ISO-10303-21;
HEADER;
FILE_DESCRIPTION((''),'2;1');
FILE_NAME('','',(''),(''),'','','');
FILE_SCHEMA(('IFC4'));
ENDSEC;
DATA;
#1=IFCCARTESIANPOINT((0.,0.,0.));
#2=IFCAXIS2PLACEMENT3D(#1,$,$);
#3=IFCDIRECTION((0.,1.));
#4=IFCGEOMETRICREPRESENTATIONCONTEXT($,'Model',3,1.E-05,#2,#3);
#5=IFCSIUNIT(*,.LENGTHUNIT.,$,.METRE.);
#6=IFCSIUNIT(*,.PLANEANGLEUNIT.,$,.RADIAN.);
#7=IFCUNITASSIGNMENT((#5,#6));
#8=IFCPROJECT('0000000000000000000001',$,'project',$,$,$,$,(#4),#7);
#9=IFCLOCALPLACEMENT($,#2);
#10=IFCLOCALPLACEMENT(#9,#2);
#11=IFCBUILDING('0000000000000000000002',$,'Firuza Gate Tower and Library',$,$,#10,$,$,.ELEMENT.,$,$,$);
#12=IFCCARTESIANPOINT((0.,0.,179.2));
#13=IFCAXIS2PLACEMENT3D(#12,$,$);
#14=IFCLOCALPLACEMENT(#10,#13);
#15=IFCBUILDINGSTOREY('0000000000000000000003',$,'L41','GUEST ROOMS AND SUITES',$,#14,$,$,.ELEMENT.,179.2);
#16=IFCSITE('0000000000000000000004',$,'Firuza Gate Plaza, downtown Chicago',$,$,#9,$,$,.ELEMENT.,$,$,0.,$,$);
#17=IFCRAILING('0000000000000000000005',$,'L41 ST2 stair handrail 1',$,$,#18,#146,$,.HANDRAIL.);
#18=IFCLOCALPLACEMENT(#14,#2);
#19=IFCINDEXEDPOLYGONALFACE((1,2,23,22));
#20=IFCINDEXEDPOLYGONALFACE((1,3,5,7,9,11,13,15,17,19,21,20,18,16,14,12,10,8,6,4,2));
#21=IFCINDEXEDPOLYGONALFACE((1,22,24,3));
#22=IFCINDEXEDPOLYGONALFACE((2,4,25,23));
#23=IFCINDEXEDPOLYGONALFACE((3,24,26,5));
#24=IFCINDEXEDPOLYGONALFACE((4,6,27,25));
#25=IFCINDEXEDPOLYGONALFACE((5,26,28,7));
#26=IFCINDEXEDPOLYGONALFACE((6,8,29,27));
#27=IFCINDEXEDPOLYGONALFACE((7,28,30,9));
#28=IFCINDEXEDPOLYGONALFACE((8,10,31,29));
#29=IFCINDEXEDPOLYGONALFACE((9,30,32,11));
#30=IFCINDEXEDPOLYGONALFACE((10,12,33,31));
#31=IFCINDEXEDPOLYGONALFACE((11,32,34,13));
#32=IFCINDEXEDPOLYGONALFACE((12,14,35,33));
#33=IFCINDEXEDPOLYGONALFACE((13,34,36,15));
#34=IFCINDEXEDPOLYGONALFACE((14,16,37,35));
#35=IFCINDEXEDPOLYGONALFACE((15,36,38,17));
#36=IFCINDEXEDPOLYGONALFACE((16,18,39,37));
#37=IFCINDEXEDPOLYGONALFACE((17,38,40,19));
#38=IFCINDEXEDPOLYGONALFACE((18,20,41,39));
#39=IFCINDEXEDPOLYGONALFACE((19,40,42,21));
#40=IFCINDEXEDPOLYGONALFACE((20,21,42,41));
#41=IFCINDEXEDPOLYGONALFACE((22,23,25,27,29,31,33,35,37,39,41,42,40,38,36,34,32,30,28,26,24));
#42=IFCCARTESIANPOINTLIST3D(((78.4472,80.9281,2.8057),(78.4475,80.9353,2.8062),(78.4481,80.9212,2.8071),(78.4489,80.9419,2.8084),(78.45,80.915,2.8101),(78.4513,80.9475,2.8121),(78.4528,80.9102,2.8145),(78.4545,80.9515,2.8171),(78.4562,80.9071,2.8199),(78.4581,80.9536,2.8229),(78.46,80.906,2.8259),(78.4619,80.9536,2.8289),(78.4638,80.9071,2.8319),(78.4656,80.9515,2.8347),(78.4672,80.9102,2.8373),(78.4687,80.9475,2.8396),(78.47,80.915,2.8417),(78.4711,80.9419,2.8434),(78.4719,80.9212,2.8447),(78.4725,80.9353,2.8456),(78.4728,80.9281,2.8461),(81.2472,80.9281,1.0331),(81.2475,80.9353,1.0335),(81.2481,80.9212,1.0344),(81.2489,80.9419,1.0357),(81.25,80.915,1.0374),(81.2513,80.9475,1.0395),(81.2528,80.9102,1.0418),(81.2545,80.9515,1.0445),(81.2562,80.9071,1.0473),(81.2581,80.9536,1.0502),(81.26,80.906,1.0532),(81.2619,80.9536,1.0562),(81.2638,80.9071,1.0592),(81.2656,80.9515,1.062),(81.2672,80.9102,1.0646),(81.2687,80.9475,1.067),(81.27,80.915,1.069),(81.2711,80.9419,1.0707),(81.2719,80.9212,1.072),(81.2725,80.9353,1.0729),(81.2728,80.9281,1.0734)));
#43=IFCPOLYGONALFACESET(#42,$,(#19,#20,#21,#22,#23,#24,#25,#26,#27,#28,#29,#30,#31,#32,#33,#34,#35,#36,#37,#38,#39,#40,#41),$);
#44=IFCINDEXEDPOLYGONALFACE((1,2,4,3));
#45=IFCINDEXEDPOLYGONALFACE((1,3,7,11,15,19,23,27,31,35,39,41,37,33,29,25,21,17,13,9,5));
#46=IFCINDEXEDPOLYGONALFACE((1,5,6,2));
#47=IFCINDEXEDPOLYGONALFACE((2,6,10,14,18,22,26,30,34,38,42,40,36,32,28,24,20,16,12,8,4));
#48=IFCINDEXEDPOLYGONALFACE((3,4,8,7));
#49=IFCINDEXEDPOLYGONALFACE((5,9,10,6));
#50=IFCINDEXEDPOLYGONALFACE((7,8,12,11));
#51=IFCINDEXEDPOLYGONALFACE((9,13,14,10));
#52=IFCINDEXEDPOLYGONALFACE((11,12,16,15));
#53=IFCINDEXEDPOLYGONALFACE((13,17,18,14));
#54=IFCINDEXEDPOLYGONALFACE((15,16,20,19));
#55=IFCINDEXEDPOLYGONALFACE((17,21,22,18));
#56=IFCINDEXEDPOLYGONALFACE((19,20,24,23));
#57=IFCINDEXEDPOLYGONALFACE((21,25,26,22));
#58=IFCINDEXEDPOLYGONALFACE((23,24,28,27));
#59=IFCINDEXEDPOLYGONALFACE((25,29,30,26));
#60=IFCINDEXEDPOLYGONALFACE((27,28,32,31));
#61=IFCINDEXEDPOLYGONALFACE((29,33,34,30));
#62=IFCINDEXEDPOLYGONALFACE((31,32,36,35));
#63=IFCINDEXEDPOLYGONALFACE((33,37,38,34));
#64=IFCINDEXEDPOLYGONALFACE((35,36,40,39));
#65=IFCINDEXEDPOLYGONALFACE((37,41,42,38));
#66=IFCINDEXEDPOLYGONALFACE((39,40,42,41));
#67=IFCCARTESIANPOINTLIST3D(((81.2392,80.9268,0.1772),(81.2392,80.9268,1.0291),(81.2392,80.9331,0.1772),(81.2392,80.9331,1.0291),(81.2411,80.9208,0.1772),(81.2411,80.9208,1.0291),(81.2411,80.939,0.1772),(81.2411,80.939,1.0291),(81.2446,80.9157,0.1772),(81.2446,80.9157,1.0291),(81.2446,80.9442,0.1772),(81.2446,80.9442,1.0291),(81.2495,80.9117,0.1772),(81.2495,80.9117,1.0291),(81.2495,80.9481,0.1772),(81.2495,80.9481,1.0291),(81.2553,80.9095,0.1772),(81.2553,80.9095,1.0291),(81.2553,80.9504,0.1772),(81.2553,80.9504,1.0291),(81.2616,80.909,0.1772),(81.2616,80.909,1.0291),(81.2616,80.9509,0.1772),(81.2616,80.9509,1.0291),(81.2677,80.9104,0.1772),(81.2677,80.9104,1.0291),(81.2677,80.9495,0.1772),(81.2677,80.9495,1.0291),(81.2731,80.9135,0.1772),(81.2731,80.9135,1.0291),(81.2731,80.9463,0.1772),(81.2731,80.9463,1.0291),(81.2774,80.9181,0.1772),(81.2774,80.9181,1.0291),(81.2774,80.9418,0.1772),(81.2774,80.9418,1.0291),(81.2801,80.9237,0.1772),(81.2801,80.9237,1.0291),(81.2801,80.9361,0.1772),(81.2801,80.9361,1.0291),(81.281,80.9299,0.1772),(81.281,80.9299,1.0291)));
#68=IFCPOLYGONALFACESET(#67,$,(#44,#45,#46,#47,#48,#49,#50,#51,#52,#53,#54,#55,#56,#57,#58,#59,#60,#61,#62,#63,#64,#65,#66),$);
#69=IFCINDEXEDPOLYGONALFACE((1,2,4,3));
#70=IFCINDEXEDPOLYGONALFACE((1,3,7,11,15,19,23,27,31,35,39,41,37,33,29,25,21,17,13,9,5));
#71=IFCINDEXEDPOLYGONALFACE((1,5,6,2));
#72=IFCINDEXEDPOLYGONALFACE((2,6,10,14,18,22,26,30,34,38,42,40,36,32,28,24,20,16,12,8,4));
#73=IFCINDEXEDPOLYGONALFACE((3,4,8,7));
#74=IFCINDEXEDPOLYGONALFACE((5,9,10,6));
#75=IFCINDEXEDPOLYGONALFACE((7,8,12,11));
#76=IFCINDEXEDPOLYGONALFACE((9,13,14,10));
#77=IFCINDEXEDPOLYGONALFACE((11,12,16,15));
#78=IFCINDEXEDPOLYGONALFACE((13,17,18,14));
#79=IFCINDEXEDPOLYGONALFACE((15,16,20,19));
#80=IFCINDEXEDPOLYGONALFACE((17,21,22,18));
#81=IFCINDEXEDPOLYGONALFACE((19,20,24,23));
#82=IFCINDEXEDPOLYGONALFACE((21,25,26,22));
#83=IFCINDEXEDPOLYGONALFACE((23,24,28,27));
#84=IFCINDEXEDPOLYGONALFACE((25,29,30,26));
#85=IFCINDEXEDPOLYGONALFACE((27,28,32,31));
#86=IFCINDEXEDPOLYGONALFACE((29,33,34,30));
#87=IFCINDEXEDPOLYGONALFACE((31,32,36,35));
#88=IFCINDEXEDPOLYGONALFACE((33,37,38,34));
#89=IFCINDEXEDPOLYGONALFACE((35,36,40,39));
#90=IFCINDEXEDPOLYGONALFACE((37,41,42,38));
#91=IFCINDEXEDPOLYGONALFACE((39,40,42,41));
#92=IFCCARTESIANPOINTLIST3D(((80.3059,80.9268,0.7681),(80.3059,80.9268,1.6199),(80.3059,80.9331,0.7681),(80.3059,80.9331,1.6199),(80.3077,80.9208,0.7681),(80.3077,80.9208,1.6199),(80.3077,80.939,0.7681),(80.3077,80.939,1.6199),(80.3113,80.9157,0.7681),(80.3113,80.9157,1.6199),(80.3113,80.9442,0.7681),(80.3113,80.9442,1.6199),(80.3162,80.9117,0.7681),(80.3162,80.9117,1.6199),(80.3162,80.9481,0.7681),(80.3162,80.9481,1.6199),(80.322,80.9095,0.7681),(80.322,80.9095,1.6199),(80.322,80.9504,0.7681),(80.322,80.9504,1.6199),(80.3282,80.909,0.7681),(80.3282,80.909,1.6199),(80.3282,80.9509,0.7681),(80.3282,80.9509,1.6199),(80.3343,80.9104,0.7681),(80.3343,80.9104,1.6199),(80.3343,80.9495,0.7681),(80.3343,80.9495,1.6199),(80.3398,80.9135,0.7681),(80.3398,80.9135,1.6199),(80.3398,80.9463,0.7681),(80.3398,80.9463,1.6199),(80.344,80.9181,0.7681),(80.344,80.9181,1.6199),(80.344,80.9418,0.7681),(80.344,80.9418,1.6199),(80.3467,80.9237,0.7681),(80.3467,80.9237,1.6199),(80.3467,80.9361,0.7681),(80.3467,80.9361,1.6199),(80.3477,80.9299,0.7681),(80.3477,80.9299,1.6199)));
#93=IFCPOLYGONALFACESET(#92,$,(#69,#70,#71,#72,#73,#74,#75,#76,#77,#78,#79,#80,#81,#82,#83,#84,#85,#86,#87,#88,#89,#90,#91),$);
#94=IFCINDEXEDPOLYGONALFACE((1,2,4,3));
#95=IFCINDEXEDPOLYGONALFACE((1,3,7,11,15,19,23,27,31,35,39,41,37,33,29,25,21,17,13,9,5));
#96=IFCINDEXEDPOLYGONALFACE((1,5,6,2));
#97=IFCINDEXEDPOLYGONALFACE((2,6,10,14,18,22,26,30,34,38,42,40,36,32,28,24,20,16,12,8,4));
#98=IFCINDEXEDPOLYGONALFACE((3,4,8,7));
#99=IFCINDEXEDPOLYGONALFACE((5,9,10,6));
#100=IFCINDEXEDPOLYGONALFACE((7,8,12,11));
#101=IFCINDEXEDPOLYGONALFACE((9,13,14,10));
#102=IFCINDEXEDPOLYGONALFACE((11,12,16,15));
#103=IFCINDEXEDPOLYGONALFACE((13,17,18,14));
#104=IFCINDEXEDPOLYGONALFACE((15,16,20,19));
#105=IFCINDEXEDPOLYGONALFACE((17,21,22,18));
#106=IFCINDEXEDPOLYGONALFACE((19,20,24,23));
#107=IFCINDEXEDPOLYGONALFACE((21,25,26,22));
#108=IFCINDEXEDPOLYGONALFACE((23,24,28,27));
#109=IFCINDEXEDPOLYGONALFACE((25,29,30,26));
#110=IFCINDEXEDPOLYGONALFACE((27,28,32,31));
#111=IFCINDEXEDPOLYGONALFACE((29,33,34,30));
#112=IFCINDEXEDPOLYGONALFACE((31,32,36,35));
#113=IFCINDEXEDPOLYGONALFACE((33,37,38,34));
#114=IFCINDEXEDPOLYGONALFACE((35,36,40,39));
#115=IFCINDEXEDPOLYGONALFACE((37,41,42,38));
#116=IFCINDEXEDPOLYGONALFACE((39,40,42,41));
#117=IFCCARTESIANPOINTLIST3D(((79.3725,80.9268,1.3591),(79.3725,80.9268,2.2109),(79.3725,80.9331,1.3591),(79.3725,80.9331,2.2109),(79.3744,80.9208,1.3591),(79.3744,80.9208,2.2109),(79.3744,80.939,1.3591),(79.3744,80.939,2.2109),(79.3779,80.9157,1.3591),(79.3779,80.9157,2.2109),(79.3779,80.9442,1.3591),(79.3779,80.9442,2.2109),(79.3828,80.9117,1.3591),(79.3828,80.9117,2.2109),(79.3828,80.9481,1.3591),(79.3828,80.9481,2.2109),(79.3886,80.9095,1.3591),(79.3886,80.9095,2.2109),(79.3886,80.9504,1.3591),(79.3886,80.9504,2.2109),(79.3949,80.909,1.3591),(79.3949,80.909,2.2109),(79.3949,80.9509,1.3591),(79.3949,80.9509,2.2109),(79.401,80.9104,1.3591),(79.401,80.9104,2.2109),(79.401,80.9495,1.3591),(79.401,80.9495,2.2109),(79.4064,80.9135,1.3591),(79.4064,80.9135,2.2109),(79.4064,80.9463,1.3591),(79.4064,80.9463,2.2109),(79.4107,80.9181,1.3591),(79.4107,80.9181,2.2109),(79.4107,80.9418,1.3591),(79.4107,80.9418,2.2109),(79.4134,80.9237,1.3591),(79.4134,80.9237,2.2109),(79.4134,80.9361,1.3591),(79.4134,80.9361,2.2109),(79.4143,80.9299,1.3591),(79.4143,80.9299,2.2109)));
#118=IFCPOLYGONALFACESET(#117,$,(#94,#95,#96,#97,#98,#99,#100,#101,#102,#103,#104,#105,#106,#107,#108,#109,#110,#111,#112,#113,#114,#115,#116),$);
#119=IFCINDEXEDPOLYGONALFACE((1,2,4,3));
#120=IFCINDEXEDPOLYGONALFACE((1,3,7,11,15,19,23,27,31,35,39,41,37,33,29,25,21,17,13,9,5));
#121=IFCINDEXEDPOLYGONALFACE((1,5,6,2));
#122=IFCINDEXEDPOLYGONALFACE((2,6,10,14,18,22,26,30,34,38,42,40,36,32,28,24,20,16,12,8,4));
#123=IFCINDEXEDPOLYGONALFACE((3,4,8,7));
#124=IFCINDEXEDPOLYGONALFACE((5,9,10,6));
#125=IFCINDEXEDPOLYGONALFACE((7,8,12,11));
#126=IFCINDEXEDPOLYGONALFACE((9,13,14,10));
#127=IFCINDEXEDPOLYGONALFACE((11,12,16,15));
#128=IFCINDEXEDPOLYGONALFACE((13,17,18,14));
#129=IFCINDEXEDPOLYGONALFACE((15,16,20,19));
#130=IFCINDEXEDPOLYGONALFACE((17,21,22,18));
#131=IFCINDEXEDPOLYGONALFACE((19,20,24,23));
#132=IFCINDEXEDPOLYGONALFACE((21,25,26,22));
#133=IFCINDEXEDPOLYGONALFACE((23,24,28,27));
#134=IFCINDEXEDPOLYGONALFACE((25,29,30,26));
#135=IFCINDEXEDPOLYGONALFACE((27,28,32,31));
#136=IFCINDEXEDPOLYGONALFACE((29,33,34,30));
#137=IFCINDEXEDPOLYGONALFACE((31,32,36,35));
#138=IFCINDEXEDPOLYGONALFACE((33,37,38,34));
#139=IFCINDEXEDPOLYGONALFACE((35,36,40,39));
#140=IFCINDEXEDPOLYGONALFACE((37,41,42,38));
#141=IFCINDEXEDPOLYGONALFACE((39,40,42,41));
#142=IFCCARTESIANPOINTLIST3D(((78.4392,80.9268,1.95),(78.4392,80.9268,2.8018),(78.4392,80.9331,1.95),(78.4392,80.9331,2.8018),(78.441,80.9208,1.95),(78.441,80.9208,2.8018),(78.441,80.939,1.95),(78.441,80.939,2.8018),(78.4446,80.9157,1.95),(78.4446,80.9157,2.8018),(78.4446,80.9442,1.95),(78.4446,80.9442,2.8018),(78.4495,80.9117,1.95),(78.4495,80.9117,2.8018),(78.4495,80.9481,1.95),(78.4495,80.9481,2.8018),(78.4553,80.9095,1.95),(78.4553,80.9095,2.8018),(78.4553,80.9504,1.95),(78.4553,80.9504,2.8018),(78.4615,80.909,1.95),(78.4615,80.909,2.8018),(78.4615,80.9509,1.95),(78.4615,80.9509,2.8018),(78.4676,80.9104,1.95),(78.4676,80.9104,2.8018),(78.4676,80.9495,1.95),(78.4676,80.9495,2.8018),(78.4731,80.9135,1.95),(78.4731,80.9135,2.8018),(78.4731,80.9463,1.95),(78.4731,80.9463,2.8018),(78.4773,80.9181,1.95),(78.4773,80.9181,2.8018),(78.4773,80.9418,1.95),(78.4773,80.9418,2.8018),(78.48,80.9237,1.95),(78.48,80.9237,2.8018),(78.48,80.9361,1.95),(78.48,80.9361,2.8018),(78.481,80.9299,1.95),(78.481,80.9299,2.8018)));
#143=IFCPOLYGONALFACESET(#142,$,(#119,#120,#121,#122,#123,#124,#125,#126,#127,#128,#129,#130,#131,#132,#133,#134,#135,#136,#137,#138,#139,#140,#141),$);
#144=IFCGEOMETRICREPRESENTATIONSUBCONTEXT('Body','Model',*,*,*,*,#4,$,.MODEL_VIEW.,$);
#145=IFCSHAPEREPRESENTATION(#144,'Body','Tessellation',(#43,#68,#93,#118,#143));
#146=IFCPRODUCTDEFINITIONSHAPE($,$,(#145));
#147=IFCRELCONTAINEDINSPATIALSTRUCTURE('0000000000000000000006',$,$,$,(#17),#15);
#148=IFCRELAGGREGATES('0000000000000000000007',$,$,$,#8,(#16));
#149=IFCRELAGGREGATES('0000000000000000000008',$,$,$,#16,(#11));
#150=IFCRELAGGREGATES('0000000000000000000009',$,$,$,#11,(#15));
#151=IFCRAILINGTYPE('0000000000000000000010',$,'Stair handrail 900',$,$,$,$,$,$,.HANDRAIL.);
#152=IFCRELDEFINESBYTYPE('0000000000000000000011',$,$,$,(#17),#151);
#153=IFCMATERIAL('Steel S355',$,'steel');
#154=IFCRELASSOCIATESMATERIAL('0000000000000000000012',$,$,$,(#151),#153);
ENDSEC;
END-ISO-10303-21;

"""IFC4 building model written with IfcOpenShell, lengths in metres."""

from ifc_helpers import new_model, si_unit, direction, frame, origin, origin_2d, place, context, subcontext, project, spatial, circle, extrude, material, type_object, element, save


model = new_model("IFC4")

# Units and contexts
model_context = context("Model", 3, precision=1e-05, world=origin(), true_north=direction((0.0, 1.0)))
body_context = subcontext(model_context, "Body", "Model", "MODEL_VIEW")
ifc_project = project(units=[si_unit("LENGTHUNIT", "METRE"), si_unit("PLANEANGLEUNIT", "RADIAN")], contexts=[model_context])

# Site, building, storey
site_placement = place(None, origin())
site = spatial("IfcSite", under=ifc_project, at=site_placement, Name="Firuza Gate Plaza, downtown Chicago", CompositionType="ELEMENT", RefElevation=0.0)
building_placement = place(site_placement, origin())
building = spatial("IfcBuilding", under=site, at=building_placement, Name="Firuza Gate Tower and Library", CompositionType="ELEMENT")
storey_placement = place(building_placement, frame((0.0, 0.0, 179.2)))
storey = spatial("IfcBuildingStorey", under=building, at=storey_placement, Name="L41", Description="GUEST ROOMS AND SUITES", CompositionType="ELEMENT", Elevation=179.2)

# Railing
ifc_material_1 = material(Name="Steel S355", Category="steel")
railing_type_1 = type_object("IfcRailingType", Name="Stair handrail 900", PredefinedType="HANDRAIL", material=ifc_material_1)
railing_1_placement = place(storey_placement, frame((81.26, 80.9299, 0.1772)))
element("IfcRailing", 1, at=railing_1_placement, inside=storey, type_object=railing_type_1, Name="L41 ST2 stair handrail 1", PredefinedType="HANDRAIL", context=body_context, shape_type="SweptSolid", body=[
    extrude(circle(Radius=0.0239, at=origin_2d()), frame((0.0, 0.0, 0.876), z_axis=(-0.844909, 0.0, 0.53491), x_axis=(0.0, -1.0, 0.0)), (0.0, 0.0, 1.0), 3.314),
    extrude(circle(Radius=0.021, at=origin_2d()), origin(), (0.0, 0.0, 1.0), 0.8518),
    extrude(circle(Radius=0.021, at=origin_2d()), frame((-0.9333, 0.0, 0.5908)), (0.0, 0.0, 1.0), 0.8518),
    extrude(circle(Radius=0.021, at=origin_2d()), frame((-1.8667, 0.0, 1.1819)), (0.0, 0.0, 1.0), 0.8518),
    extrude(circle(Radius=0.021, at=origin_2d()), frame((-2.8, 0.0, 1.7727)), (0.0, 0.0, 1.0), 0.8518),
])

save(model, "model.ifc")
